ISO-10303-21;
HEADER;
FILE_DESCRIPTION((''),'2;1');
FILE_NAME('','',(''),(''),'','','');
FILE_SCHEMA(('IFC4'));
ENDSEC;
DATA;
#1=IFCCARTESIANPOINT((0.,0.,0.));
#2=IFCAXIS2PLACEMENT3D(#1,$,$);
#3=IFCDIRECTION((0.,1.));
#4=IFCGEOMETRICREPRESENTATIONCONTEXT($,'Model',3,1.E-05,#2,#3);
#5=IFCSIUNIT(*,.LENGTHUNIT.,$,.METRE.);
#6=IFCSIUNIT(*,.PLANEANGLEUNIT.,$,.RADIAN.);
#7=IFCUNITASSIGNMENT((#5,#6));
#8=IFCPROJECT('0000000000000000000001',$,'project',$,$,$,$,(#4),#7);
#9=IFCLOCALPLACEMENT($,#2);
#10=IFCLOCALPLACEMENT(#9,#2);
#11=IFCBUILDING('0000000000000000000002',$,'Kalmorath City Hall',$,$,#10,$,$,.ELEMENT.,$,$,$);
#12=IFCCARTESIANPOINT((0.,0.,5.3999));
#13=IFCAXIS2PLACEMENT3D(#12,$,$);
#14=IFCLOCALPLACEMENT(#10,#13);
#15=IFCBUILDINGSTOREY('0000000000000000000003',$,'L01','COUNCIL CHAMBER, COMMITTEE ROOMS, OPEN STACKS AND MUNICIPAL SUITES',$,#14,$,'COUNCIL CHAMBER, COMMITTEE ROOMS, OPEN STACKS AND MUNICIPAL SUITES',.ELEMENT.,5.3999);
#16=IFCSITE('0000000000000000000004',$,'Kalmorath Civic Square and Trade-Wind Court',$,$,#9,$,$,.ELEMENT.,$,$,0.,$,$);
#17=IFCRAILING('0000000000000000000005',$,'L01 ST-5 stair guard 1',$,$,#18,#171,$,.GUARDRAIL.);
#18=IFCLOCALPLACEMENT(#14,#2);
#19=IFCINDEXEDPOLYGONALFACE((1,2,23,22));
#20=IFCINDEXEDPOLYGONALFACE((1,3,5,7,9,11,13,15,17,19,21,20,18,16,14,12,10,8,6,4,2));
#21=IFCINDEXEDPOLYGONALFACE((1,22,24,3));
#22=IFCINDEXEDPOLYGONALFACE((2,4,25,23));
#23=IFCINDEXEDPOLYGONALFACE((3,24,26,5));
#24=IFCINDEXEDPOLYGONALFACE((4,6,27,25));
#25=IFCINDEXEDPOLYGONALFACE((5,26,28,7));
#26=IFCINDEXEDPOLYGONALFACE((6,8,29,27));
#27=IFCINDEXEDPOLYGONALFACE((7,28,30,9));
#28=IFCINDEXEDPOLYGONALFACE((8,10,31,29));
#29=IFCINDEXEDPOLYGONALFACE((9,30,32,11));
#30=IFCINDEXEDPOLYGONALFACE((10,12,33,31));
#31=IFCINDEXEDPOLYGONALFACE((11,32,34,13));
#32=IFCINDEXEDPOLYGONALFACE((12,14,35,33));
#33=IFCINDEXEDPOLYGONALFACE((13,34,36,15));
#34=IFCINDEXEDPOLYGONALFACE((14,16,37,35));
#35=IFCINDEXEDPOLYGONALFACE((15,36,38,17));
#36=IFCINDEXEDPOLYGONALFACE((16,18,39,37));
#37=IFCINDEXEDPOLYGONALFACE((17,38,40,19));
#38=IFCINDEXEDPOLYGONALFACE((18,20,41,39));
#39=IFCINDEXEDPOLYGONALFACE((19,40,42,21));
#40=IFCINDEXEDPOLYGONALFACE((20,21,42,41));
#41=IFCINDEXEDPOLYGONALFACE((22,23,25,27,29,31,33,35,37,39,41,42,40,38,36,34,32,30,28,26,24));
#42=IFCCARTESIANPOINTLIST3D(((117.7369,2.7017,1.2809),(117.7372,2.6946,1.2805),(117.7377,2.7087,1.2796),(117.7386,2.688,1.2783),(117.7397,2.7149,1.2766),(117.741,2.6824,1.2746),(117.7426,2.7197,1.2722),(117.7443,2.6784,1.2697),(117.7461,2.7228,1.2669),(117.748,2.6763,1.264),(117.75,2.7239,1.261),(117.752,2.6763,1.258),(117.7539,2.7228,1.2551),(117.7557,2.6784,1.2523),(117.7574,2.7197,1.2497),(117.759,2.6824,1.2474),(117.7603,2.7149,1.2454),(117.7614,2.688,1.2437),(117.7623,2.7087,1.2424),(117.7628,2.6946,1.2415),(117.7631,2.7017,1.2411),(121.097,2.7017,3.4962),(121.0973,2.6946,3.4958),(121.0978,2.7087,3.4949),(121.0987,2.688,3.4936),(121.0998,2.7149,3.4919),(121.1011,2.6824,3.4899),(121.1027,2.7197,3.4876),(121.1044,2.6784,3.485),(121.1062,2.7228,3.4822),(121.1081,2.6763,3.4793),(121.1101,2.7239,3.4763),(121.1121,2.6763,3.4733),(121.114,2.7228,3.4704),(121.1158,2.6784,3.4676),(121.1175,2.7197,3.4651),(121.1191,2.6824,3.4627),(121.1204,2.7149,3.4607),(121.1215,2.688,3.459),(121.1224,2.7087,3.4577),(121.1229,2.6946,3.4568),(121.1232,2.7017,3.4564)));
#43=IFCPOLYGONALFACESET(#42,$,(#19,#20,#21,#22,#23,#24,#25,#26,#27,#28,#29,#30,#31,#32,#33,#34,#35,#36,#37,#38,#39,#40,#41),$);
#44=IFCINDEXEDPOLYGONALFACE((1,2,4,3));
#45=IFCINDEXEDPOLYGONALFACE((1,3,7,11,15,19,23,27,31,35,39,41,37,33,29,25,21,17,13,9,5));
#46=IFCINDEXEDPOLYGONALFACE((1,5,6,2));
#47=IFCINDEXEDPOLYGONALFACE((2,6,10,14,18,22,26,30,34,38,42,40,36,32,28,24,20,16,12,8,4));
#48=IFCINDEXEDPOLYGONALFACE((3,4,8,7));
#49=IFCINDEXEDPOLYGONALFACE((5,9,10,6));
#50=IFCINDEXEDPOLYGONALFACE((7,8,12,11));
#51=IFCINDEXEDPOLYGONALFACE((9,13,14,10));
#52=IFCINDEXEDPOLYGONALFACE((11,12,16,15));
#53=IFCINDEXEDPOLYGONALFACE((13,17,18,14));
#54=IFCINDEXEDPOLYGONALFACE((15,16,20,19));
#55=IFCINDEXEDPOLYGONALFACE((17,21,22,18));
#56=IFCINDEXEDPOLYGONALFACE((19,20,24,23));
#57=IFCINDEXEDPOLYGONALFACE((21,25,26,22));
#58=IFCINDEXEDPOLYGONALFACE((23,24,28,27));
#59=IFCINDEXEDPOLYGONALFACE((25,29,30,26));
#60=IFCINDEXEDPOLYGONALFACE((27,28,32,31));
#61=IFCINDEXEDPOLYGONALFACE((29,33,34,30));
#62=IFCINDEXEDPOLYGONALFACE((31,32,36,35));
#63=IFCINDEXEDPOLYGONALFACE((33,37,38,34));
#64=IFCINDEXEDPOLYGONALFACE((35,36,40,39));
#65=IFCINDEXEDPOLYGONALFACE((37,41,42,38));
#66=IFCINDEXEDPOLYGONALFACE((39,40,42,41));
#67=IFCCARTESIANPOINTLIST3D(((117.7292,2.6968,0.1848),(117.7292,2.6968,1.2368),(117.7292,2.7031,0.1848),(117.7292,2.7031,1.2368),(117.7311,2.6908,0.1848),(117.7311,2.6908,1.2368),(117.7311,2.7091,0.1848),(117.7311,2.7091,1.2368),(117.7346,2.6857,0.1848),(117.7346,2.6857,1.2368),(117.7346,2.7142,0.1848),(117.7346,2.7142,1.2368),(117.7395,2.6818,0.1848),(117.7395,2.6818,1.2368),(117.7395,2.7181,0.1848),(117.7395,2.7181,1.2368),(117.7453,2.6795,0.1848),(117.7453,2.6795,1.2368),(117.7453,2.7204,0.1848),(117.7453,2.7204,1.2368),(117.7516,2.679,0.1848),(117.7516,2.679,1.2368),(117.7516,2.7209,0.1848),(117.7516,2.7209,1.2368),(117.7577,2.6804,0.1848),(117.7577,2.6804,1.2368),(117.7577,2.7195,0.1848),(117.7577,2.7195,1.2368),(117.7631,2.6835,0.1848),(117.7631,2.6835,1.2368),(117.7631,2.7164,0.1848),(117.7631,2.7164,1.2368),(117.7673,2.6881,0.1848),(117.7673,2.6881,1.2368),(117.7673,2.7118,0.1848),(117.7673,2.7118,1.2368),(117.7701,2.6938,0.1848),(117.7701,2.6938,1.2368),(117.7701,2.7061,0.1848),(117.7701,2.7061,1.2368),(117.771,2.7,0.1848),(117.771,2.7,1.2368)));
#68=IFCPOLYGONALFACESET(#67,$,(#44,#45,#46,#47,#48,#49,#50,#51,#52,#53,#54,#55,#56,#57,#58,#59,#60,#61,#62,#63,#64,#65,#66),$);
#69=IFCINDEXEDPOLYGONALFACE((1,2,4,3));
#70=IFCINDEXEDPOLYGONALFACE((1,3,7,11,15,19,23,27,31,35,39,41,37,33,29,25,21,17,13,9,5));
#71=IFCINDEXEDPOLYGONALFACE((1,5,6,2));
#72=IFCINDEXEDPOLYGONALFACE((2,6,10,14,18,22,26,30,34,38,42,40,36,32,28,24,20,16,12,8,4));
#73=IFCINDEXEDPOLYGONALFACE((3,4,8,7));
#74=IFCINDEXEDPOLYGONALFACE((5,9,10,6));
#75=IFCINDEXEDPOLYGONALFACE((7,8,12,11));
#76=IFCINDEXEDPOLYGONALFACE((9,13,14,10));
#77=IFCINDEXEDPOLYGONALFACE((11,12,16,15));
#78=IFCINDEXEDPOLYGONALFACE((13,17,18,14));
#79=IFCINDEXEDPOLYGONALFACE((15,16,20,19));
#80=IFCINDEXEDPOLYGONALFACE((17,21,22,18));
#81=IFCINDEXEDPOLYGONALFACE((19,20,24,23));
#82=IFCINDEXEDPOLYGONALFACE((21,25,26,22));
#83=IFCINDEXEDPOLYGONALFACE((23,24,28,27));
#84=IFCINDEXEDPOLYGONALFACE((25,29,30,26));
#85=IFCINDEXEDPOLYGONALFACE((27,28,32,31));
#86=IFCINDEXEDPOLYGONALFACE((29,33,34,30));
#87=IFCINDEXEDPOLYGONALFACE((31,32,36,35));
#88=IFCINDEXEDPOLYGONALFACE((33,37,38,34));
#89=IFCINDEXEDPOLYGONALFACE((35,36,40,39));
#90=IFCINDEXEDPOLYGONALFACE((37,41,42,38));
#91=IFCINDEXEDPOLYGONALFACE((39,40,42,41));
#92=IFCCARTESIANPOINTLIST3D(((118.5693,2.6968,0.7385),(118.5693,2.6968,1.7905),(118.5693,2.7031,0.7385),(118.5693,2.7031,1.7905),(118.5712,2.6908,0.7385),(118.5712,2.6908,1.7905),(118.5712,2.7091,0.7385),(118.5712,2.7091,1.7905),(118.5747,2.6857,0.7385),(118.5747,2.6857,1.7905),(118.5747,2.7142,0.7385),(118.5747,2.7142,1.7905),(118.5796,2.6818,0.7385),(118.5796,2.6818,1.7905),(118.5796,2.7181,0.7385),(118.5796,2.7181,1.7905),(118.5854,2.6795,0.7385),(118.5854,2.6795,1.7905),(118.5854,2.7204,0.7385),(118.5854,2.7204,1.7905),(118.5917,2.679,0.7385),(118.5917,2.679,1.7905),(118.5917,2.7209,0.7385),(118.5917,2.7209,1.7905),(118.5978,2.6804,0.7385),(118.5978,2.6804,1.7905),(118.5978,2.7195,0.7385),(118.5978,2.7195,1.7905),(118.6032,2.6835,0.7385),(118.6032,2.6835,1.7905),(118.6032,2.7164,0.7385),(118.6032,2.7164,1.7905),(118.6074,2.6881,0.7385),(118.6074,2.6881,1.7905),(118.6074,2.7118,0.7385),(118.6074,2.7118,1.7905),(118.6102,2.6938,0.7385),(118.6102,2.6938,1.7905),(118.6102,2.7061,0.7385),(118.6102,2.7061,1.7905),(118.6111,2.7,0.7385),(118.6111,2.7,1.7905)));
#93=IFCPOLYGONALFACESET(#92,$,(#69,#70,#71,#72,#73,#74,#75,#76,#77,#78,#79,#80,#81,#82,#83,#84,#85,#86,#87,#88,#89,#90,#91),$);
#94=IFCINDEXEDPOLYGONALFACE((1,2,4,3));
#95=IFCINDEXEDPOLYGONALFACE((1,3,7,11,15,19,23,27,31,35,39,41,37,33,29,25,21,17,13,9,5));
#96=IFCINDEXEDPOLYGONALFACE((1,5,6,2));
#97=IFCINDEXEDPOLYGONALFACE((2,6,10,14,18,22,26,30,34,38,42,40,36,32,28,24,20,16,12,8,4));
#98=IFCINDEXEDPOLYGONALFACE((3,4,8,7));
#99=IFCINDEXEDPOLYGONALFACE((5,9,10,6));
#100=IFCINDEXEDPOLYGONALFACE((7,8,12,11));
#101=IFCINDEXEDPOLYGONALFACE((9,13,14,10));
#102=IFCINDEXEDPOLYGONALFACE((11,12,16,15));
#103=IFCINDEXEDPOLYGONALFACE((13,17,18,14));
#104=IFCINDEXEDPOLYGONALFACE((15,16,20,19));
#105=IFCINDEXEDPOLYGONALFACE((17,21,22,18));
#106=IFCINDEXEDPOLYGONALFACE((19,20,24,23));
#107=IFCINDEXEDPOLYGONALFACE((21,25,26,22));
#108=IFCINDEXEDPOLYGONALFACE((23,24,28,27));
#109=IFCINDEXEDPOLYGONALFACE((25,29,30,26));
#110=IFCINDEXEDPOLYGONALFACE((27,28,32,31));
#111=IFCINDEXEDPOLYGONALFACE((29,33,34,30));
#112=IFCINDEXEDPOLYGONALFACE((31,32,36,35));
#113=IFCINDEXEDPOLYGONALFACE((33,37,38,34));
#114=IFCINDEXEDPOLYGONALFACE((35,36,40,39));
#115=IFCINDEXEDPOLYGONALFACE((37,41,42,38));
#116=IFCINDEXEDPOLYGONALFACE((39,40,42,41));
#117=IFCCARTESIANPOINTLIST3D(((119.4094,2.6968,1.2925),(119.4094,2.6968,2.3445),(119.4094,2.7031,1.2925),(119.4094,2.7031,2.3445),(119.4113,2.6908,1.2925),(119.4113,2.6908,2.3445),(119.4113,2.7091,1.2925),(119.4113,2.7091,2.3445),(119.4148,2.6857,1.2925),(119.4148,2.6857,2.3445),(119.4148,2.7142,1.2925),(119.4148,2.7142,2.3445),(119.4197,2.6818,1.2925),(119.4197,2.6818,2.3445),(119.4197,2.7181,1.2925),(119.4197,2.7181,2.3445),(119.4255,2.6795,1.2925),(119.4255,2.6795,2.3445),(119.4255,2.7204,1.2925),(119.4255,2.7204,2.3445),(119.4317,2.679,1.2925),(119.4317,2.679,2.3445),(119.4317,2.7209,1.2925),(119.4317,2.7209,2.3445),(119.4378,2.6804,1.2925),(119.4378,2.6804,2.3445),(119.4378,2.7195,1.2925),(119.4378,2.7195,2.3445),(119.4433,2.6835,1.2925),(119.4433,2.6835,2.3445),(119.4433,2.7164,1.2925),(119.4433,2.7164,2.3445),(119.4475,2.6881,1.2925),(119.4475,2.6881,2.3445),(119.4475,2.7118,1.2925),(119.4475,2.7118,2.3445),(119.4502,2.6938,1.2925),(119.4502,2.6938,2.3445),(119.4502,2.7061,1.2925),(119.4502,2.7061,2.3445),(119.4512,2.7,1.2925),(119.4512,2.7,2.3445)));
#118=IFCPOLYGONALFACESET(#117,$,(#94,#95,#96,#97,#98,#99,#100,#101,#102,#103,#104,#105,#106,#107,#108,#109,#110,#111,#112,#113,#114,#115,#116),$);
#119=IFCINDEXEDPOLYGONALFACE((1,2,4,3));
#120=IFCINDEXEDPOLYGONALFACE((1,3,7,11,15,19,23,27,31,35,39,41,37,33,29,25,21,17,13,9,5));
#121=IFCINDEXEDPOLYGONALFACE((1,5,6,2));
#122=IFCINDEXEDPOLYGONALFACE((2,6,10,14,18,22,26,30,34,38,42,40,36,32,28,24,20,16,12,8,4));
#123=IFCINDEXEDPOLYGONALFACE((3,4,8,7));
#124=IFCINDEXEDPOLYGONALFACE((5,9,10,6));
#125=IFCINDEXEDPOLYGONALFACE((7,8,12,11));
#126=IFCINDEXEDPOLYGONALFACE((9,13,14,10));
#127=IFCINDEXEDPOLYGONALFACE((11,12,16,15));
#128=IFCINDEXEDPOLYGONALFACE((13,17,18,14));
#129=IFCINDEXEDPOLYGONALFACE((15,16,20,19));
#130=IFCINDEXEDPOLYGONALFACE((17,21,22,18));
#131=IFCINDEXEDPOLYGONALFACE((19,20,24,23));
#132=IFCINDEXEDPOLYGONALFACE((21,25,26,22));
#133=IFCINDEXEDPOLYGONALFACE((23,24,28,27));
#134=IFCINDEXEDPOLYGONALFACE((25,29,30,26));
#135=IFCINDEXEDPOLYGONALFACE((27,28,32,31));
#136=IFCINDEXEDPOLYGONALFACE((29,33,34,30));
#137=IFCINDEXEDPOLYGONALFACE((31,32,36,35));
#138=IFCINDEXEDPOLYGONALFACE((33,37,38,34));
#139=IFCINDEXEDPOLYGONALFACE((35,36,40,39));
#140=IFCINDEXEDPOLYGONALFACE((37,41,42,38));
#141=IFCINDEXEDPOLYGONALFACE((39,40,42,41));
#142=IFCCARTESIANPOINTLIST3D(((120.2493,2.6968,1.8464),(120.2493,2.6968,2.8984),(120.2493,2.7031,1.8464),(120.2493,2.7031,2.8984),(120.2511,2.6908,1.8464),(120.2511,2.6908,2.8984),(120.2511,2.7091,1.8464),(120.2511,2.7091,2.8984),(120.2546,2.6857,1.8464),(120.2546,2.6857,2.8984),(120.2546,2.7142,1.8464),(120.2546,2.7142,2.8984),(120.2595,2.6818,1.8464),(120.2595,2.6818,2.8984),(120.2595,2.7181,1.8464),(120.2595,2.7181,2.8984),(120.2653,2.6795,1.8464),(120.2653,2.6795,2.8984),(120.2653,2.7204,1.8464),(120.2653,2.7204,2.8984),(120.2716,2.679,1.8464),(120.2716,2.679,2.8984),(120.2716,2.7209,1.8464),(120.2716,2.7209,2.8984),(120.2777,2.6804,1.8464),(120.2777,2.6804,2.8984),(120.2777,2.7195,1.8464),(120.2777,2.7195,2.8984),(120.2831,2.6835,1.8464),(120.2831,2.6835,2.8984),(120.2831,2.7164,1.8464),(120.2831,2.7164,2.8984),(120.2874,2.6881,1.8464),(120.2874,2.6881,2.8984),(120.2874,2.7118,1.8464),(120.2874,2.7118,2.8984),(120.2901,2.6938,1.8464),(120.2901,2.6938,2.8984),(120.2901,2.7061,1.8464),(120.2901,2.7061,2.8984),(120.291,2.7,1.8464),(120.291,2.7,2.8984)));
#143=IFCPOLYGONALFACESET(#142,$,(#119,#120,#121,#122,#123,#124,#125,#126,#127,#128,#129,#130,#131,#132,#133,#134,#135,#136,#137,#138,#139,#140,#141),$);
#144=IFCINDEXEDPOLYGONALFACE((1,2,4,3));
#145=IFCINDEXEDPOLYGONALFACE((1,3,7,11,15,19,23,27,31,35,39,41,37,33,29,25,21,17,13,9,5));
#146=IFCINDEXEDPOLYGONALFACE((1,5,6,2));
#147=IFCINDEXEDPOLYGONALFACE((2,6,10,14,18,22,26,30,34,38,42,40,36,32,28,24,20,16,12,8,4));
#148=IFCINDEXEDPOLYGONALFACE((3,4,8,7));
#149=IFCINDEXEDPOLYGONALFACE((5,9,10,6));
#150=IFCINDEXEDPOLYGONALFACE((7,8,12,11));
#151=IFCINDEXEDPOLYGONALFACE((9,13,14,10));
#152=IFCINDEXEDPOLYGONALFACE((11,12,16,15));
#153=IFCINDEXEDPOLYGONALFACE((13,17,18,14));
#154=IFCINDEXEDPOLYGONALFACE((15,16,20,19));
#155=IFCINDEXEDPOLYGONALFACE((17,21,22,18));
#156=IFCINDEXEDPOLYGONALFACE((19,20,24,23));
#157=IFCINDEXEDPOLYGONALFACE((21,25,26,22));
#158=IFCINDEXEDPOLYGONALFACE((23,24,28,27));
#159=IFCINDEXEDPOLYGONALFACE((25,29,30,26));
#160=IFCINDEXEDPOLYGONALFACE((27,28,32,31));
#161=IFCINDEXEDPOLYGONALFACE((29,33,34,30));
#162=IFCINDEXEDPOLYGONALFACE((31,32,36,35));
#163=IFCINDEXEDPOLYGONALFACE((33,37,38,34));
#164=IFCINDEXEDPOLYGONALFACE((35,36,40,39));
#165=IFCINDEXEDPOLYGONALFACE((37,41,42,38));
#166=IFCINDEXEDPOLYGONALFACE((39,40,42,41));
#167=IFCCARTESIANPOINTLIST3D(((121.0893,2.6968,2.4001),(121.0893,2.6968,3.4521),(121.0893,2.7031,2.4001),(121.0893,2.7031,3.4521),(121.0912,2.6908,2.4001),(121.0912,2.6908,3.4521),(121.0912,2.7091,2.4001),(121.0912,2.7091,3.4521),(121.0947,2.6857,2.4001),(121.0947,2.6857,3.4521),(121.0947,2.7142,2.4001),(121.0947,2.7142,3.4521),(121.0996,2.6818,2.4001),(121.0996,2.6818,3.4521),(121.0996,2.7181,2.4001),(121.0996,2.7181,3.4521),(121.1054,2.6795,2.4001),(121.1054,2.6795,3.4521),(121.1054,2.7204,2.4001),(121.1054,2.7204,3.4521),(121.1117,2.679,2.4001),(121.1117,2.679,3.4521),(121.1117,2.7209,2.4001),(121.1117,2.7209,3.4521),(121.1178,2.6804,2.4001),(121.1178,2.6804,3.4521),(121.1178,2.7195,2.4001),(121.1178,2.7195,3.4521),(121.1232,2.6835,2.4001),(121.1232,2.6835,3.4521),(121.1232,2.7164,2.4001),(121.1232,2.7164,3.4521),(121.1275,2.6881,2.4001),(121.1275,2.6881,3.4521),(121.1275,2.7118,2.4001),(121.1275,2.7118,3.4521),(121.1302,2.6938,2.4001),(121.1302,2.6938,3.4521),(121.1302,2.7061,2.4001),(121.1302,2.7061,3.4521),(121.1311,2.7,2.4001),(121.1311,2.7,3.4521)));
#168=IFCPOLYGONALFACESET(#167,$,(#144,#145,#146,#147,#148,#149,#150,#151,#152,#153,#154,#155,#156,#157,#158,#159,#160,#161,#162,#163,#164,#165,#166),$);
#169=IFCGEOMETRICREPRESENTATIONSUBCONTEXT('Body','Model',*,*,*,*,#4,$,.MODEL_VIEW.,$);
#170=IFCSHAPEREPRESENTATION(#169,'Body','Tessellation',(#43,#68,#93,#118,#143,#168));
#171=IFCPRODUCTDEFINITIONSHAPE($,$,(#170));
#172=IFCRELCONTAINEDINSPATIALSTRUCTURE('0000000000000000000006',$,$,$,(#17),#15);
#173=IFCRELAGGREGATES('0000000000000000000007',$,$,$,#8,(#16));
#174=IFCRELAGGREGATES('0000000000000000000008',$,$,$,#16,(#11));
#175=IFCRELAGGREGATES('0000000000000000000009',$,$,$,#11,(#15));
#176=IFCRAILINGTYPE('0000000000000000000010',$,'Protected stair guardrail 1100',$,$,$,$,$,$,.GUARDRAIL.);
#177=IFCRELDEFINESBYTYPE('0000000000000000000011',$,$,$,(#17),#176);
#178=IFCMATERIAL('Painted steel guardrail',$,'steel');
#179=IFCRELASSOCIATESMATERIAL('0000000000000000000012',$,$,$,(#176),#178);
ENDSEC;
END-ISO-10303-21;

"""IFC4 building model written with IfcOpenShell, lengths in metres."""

from ifc_helpers import new_model, si_unit, direction, frame, origin, origin_2d, place, context, subcontext, project, spatial, circle, extrude, material, type_object, element, save


model = new_model("IFC4")

# Units and contexts
model_context = context("Model", 3, precision=1e-05, world=origin(), true_north=direction((0.0, 1.0)))
body_context = subcontext(model_context, "Body", "Model", "MODEL_VIEW")
ifc_project = project(units=[si_unit("LENGTHUNIT", "METRE"), si_unit("PLANEANGLEUNIT", "RADIAN")], contexts=[model_context])

# Site, building, storey
site_placement = place(None, origin())
site = spatial("IfcSite", under=ifc_project, at=site_placement, Name="Kalmorath Civic Square and Trade-Wind Court", CompositionType="ELEMENT", RefElevation=0.0)
building_placement = place(site_placement, origin())
building = spatial("IfcBuilding", under=site, at=building_placement, Name="Kalmorath City Hall", CompositionType="ELEMENT")
storey_placement = place(building_placement, frame((0.0, 0.0, 5.3999)))
storey = spatial("IfcBuildingStorey", under=building, at=storey_placement, Name="L01", Description="COUNCIL CHAMBER, COMMITTEE ROOMS, OPEN STACKS AND MUNICIPAL SUITES", LongName="COUNCIL CHAMBER, COMMITTEE ROOMS, OPEN STACKS AND MUNICIPAL SUITES", CompositionType="ELEMENT", Elevation=5.3999)

# Railing
ifc_material_1 = material(Name="Painted steel guardrail", Category="steel")
railing_type_1 = type_object("IfcRailingType", Name="Protected stair guardrail 1100", PredefinedType="GUARDRAIL", material=ifc_material_1)
railing_1_placement = place(storey_placement, frame((117.75, 2.7, 0.1848)))
element("IfcRailing", 1, at=railing_1_placement, inside=storey, type_object=railing_type_1, Name="L01 ST-5 stair guard 1", PredefinedType="GUARDRAIL", context=body_context, shape_type="SweptSolid", body=[
    extrude(circle(Radius=0.0239, at=origin_2d()), frame((0.0, 0.0, 1.0762), z_axis=(0.834876, 0.0, 0.550437), x_axis=(0.0, 1.0, 0.0)), (0.0, 0.0, 1.0), 4.0247),
    extrude(circle(Radius=0.021, at=origin_2d()), origin(), (0.0, 0.0, 1.0), 1.052),
    extrude(circle(Radius=0.021, at=origin_2d()), frame((0.8401, 0.0, 0.5537)), (0.0, 0.0, 1.0), 1.052),
    extrude(circle(Radius=0.021, at=origin_2d()), frame((1.6802, 0.0, 1.1077)), (0.0, 0.0, 1.0), 1.052),
    extrude(circle(Radius=0.021, at=origin_2d()), frame((2.52, 0.0, 1.6616)), (0.0, 0.0, 1.0), 1.052),
    extrude(circle(Radius=0.021, at=origin_2d()), frame((3.3601, 0.0, 2.2153)), (0.0, 0.0, 1.0), 1.052),
])

save(model, "model.ifc")
